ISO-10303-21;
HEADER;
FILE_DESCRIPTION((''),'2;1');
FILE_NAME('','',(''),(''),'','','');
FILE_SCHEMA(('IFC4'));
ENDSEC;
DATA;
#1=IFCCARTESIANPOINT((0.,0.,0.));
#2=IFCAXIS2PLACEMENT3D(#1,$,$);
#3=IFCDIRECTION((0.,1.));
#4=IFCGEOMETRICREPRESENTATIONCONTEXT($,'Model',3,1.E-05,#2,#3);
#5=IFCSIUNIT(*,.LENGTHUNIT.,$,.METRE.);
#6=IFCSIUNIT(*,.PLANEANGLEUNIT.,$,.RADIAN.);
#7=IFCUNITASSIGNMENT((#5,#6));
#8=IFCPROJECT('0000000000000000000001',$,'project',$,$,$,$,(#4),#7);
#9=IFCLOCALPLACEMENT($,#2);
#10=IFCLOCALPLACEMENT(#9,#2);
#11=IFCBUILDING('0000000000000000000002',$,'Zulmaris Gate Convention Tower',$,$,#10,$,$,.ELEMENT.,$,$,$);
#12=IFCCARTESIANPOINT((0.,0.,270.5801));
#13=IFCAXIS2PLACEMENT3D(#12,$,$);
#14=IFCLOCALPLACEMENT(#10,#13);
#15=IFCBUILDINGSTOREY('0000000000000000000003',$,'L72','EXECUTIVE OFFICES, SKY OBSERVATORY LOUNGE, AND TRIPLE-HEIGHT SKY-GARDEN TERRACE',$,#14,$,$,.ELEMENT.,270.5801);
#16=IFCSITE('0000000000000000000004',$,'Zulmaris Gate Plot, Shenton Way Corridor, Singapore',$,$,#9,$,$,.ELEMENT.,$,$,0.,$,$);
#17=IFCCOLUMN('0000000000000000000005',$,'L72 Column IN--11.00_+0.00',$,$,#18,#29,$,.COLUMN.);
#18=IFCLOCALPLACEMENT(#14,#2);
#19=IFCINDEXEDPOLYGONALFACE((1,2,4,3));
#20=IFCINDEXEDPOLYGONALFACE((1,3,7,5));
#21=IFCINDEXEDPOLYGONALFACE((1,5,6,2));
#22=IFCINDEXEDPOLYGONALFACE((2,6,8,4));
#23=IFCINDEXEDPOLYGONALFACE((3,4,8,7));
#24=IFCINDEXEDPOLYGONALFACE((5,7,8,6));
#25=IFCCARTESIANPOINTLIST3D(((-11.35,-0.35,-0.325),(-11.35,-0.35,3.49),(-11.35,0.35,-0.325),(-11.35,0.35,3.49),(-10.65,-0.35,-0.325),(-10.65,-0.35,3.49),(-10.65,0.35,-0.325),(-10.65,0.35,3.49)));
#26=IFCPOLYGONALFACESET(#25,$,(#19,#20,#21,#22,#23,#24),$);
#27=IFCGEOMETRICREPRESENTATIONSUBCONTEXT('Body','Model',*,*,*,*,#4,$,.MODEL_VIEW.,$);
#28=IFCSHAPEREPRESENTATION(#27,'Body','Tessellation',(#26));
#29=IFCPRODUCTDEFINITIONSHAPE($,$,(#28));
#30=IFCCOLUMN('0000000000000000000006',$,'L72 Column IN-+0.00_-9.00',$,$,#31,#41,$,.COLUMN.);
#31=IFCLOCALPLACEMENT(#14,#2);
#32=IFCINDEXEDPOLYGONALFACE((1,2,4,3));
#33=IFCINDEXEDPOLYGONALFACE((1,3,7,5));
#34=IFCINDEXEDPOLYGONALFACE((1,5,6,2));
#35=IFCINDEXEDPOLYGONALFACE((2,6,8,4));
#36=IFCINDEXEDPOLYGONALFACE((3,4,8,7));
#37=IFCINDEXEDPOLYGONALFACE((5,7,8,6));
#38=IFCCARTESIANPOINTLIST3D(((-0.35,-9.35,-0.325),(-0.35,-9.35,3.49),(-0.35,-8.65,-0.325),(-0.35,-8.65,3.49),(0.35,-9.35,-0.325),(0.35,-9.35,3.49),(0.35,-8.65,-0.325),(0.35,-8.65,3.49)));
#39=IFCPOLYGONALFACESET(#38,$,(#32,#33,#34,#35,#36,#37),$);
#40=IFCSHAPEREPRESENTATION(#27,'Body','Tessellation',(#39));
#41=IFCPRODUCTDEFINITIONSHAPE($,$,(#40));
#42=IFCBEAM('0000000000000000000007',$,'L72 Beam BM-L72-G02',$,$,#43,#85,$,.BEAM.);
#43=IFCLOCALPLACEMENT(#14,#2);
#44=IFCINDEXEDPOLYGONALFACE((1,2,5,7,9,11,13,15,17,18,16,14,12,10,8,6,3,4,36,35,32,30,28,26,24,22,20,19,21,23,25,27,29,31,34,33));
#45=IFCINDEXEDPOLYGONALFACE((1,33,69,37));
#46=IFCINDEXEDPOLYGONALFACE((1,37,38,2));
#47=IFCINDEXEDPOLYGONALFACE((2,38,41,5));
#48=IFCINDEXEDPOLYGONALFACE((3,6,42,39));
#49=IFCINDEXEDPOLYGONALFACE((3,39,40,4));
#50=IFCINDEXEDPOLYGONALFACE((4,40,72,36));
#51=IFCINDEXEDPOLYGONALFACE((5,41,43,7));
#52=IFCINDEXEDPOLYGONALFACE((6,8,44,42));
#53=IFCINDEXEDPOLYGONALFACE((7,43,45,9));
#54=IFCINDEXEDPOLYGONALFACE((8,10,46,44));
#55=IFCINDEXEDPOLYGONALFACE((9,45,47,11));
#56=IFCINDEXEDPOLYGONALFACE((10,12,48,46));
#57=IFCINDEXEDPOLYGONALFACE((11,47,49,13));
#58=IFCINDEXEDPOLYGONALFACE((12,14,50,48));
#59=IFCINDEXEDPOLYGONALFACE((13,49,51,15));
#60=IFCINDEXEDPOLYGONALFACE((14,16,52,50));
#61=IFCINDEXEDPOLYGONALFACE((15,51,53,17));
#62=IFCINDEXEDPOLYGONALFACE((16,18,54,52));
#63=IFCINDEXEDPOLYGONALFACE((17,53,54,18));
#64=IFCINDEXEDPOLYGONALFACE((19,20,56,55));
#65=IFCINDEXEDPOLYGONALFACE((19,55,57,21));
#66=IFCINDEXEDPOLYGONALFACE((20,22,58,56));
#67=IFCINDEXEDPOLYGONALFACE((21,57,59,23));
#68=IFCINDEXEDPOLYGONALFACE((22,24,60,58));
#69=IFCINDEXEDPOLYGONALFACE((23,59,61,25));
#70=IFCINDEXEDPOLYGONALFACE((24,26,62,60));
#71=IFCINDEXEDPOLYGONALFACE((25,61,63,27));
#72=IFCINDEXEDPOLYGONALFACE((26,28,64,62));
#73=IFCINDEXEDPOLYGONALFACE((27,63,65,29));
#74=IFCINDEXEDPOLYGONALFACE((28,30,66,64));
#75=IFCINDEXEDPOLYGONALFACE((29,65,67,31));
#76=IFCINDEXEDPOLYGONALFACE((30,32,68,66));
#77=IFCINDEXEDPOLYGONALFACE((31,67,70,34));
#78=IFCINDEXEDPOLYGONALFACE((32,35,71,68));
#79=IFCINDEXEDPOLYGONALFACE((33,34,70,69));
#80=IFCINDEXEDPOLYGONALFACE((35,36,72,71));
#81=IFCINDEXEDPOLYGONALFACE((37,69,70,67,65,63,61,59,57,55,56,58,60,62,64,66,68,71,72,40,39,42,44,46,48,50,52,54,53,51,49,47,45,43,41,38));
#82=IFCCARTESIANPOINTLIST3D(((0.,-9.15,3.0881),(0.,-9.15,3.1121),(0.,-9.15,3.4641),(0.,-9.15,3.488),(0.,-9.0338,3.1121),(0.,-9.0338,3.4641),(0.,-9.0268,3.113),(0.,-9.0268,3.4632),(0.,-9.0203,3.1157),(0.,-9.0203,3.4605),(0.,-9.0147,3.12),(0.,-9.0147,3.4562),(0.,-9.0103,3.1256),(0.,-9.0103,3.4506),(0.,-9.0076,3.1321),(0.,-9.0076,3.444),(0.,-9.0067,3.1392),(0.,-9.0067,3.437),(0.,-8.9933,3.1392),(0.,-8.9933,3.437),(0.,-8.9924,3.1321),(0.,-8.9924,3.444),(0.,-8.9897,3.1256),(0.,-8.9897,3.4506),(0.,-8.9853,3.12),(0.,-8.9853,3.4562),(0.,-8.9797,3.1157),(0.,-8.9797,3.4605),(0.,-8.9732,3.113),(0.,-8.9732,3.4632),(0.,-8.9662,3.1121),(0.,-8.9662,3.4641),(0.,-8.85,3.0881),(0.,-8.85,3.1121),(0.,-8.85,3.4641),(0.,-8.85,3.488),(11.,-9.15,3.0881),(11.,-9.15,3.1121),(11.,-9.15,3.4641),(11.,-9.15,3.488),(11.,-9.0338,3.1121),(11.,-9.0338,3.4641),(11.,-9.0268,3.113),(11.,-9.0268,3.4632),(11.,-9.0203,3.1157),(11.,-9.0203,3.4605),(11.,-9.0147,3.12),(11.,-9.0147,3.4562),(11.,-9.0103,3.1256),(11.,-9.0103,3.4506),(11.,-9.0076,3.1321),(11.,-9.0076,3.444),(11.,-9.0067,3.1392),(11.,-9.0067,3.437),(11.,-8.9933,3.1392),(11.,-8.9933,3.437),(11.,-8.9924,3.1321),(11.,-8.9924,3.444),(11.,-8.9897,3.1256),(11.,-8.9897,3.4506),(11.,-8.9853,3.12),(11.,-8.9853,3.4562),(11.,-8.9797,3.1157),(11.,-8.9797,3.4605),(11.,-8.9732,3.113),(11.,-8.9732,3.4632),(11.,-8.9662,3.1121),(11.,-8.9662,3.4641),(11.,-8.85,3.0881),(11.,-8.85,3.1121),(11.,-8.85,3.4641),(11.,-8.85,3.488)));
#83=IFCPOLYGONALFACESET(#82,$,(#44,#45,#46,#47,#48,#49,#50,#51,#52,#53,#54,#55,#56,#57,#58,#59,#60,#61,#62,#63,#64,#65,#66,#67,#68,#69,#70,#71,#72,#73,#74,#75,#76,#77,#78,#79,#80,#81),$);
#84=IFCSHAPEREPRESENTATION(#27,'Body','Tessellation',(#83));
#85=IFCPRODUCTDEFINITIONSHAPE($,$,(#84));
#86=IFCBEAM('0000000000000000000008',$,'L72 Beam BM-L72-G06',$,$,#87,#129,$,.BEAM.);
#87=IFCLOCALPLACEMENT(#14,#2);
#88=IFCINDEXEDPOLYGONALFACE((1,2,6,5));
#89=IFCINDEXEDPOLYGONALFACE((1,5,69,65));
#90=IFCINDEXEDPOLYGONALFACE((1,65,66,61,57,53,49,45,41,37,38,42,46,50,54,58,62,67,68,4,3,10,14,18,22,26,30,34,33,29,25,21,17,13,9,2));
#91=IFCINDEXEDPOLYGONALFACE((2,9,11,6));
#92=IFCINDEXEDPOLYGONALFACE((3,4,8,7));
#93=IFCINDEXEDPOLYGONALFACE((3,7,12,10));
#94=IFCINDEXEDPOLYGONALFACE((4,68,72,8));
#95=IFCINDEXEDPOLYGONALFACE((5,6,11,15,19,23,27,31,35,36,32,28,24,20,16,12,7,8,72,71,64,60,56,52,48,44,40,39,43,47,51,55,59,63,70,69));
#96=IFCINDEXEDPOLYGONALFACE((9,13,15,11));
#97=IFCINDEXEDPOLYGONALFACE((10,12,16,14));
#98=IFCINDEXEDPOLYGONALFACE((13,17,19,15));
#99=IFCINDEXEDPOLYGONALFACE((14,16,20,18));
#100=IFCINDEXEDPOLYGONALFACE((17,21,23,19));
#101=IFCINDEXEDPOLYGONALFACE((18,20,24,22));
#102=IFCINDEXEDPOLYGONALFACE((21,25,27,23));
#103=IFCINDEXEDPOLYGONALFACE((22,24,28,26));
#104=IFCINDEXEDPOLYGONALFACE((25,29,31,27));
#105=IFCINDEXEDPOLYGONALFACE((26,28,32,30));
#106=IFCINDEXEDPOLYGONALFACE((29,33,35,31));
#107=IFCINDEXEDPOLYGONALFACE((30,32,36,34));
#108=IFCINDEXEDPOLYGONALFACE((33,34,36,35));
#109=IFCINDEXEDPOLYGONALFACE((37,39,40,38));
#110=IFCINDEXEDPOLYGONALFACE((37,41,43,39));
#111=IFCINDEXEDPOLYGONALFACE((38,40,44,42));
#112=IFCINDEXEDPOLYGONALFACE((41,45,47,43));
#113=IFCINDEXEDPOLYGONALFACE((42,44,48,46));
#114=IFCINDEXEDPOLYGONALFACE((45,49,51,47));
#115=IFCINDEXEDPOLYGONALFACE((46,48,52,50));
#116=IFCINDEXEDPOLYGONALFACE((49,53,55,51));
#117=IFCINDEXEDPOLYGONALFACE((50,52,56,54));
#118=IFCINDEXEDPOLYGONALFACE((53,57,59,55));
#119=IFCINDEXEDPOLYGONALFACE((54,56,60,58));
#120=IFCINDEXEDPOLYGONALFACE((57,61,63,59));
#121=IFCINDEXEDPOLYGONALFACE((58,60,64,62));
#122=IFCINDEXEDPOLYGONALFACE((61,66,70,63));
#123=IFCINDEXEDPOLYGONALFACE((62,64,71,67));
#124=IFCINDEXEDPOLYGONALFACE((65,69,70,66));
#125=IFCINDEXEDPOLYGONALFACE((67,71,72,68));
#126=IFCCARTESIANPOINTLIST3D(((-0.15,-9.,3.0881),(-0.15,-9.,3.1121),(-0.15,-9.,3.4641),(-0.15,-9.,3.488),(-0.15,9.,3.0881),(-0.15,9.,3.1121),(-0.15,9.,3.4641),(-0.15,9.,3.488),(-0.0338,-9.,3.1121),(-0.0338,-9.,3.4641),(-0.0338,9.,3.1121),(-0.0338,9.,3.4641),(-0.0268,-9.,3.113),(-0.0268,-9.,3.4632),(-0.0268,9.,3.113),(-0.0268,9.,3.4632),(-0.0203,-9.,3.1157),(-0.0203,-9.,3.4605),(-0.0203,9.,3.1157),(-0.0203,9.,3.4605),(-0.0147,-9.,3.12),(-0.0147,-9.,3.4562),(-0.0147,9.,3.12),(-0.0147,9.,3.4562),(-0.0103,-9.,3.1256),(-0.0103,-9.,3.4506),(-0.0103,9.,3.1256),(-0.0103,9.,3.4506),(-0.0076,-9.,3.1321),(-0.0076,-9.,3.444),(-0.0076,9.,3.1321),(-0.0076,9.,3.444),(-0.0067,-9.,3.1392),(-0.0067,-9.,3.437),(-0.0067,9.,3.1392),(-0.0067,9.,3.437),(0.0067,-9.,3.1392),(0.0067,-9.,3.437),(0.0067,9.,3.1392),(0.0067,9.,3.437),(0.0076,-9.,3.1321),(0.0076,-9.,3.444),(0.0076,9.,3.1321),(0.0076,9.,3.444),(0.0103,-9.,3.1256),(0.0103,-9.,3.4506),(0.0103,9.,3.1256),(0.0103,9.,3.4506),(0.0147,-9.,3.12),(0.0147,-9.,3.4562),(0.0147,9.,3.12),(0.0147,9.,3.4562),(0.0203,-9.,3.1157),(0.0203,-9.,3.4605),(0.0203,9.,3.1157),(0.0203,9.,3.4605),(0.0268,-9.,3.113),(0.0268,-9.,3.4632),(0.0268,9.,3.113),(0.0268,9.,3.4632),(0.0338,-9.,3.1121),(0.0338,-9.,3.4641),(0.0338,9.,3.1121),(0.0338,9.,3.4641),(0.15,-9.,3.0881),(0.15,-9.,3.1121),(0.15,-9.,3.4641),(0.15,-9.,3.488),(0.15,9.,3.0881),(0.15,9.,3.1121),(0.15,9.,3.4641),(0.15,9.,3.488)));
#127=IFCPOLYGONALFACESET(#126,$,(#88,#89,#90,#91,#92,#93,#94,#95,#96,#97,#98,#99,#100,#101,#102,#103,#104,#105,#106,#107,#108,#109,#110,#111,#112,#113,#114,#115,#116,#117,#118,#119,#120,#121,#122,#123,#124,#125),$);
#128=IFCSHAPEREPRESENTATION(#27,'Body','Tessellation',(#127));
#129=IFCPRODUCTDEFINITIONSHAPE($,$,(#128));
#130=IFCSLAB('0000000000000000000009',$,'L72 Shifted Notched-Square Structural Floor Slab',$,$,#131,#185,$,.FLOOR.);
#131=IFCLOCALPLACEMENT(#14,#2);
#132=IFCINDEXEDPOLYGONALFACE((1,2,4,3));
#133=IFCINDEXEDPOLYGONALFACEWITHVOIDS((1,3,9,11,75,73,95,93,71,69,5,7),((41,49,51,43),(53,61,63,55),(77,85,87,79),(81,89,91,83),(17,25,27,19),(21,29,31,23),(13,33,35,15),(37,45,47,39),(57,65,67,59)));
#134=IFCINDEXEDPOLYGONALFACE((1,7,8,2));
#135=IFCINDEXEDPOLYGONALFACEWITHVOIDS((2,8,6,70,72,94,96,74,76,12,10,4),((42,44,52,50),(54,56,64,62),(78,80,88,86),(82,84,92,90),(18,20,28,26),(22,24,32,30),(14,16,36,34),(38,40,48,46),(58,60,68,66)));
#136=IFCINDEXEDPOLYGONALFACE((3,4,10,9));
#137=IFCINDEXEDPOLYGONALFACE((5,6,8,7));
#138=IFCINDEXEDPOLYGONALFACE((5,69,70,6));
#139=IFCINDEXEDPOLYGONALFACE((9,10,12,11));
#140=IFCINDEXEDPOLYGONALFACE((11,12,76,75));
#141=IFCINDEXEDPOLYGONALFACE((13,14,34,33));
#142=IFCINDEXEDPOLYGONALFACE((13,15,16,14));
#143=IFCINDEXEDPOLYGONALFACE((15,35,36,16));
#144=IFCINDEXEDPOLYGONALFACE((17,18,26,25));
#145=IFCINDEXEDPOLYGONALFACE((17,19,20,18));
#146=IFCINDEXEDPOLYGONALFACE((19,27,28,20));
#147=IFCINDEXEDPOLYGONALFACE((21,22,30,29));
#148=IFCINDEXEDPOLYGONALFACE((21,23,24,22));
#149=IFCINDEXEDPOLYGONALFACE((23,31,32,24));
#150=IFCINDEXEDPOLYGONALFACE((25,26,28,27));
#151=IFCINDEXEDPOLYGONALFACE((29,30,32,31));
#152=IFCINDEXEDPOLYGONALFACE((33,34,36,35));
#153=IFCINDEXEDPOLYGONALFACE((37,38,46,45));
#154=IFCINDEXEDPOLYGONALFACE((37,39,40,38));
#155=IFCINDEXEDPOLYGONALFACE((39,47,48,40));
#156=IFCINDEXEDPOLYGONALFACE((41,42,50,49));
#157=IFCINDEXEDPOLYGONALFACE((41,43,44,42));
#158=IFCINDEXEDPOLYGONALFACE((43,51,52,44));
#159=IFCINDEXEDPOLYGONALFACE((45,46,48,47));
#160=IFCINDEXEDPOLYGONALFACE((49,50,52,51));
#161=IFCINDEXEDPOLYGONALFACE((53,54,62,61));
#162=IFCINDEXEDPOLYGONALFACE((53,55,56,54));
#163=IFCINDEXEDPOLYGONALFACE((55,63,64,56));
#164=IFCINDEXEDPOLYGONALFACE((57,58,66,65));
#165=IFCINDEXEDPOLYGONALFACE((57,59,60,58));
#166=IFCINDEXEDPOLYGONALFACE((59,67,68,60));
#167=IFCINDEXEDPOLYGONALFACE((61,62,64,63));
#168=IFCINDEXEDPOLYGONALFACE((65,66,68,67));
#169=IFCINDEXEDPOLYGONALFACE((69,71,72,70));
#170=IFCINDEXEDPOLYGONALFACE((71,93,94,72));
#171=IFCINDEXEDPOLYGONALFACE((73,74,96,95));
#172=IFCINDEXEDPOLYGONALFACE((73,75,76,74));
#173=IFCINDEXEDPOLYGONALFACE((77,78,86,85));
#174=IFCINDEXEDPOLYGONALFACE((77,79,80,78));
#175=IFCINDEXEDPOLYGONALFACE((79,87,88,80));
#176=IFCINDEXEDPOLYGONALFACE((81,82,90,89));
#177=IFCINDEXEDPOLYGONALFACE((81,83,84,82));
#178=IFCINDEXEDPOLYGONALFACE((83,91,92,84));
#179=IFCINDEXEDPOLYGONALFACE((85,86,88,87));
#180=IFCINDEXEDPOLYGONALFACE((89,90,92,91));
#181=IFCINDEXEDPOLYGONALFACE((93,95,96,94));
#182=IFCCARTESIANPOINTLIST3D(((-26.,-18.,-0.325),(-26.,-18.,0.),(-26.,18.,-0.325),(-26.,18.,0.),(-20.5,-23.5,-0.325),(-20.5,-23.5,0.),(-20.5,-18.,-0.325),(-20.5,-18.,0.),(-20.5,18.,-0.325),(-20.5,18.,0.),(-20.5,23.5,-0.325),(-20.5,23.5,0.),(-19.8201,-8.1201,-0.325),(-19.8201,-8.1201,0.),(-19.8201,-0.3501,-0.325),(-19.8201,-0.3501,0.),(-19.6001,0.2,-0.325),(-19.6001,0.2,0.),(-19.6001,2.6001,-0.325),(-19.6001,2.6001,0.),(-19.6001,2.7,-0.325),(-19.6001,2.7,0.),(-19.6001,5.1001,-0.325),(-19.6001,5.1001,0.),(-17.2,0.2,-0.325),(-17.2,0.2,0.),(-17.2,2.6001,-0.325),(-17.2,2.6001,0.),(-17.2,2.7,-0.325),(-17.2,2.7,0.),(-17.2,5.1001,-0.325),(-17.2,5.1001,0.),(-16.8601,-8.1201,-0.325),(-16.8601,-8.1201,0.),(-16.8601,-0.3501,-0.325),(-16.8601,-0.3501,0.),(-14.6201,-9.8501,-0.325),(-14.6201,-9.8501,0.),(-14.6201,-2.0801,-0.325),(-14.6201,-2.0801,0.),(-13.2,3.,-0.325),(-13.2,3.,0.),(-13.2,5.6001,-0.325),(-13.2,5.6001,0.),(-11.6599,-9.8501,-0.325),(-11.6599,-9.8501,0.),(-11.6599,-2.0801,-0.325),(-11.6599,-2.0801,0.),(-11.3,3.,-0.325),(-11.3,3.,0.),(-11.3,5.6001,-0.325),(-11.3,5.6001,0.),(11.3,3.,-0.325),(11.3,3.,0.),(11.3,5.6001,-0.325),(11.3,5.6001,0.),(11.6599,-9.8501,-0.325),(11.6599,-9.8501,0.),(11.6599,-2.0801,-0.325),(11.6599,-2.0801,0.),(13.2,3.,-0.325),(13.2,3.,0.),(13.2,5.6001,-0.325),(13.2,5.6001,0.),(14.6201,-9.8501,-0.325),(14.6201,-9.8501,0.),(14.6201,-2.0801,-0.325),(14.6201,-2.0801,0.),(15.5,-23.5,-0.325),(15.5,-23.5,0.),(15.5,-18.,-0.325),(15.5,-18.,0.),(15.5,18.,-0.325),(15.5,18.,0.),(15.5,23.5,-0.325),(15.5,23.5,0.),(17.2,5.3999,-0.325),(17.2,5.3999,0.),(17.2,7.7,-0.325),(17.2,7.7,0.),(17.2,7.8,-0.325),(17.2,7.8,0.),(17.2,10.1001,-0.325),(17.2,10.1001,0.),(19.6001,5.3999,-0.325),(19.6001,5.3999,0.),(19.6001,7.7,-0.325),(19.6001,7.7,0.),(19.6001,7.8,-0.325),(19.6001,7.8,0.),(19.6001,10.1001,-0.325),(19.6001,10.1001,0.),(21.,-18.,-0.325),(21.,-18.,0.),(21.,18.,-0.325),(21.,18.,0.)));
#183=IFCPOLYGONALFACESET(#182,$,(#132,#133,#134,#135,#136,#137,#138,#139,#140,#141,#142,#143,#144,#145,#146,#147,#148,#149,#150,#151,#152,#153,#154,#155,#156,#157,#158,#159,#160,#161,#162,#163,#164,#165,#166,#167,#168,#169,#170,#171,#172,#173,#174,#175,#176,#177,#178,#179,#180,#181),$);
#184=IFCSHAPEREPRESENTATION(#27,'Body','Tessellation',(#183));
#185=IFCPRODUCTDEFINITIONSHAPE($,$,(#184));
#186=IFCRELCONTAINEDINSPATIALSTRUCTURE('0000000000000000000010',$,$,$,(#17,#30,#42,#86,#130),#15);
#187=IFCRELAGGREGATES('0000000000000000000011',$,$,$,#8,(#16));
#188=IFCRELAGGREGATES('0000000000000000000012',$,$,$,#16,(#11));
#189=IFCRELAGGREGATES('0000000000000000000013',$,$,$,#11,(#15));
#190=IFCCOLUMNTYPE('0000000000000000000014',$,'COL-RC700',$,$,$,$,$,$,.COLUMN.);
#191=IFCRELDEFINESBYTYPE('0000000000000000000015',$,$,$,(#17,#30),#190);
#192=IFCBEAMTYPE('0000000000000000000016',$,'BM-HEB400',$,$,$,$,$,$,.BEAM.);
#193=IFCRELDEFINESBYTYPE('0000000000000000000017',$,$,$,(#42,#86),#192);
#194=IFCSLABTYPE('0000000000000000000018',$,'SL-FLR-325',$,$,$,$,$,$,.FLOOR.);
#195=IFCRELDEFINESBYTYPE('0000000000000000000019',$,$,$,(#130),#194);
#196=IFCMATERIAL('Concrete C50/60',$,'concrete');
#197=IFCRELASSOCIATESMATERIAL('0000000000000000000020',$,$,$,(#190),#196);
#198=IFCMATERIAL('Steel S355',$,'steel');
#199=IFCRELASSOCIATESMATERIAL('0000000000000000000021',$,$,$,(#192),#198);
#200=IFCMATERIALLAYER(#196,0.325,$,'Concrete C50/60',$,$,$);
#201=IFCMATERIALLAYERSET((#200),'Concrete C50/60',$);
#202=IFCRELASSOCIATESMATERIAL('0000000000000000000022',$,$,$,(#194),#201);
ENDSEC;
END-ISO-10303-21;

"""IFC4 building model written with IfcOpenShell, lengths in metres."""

from ifc_helpers import new_model, si_unit, direction, frame, origin, origin_2d, place, context, subcontext, project, spatial, polyline, rectangle, i_section, outline, extrude, material, layer, layer_set, material_profile, profile_set, type_object, element, save


model = new_model("IFC4")

# Units and contexts
model_context = context("Model", 3, precision=1e-05, world=origin(), true_north=direction((0.0, 1.0)))
body_context = subcontext(model_context, "Body", "Model", "MODEL_VIEW")
ifc_project = project(units=[si_unit("LENGTHUNIT", "METRE"), si_unit("PLANEANGLEUNIT", "RADIAN")], contexts=[model_context])

# Site, building, storey
site_placement = place(None, origin())
site = spatial("IfcSite", under=ifc_project, at=site_placement, Name="Zulmaris Gate Plot, Shenton Way Corridor, Singapore", CompositionType="ELEMENT", RefElevation=0.0)
building_placement = place(site_placement, origin())
building = spatial("IfcBuilding", under=site, at=building_placement, Name="Zulmaris Gate Convention Tower", CompositionType="ELEMENT")
storey_placement = place(building_placement, frame((0.0, 0.0, 270.5801)))
storey = spatial("IfcBuildingStorey", under=building, at=storey_placement, Name="L72", Description="EXECUTIVE OFFICES, SKY OBSERVATORY LOUNGE, AND TRIPLE-HEIGHT SKY-GARDEN TERRACE", CompositionType="ELEMENT", Elevation=270.5801)

# Columns
ifc_material_1 = material(Name="Concrete C50/60", Category="concrete")
ifc_material_profile_1 = material_profile(ifc_material_1, rectangle(XDim=0.7, YDim=0.7, at=origin_2d()), Name="RC COL 700x700")
ifc_profile_set_1 = profile_set([ifc_material_profile_1], Name="Concrete C50/60")
column_type = type_object("IfcColumnType", Name="COL-RC700", PredefinedType="COLUMN", material=ifc_profile_set_1)
for number, where, z_axis, x_axis, name in (
    (1, (-11.0, 0.0, -0.325), (0.0, 0.0, 1.0), (1.0, 0.0, 0.0), "L72 Column IN--11.00_+0.00"),
    (2, (0.0, -9.0, -0.325), (0.0, 0.0, 1.0), (1.0, 0.0, 0.0), "L72 Column IN-+0.00_-9.00"),
):
    element("IfcColumn", number, at=place(storey_placement, frame(where, z_axis=z_axis, x_axis=x_axis)), inside=storey, type_object=column_type, Name=name, PredefinedType="COLUMN", context=body_context, shape_type="SweptSolid", body=[
        extrude(rectangle(XDim=0.7, YDim=0.7, at=origin_2d()), origin(), (0.0, 0.0, 1.0), 3.8149),
    ])

# Beams
ifc_material_2 = material(Name="Steel S355", Category="steel")
ifc_material_profile_2 = material_profile(ifc_material_2, i_section(OverallWidth=0.3, OverallDepth=0.3999, WebThickness=0.0134, FlangeThickness=0.0239, FilletRadius=0.0271, at=origin_2d()), Name="HEB 400")
ifc_profile_set_2 = profile_set([ifc_material_profile_2], Name="Steel S355")
beam_type = type_object("IfcBeamType", Name="BM-HEB400", PredefinedType="BEAM", material=ifc_profile_set_2)
beam_1_placement = place(storey_placement, frame((0.0, -9.0, 3.2881), z_axis=(1.0, 0.0, 0.0), x_axis=(0.0, 1.0, 0.0)))
element("IfcBeam", 3, at=beam_1_placement, inside=storey, type_object=beam_type, Name="L72 Beam BM-L72-G02", PredefinedType="BEAM", context=body_context, shape_type="SweptSolid", body=[
    extrude(i_section(OverallWidth=0.3, OverallDepth=0.3999, WebThickness=0.0134, FlangeThickness=0.0239, FilletRadius=0.0271, at=origin_2d()), origin(), (0.0, 0.0, 1.0), 11.0),
])
beam_2_placement = place(storey_placement, frame((0.0, -9.0, 3.2881), z_axis=(0.0, 1.0, 0.0), x_axis=(-1.0, 0.0, 0.0)))
element("IfcBeam", 4, at=beam_2_placement, inside=storey, type_object=beam_type, Name="L72 Beam BM-L72-G06", PredefinedType="BEAM", context=body_context, shape_type="SweptSolid", body=[
    extrude(i_section(OverallWidth=0.3, OverallDepth=0.3999, WebThickness=0.0134, FlangeThickness=0.0239, FilletRadius=0.0271, at=origin_2d()), origin(), (0.0, 0.0, 1.0), 18.0),
])

# Slab
ifc_layer_1 = layer(ifc_material_1, 0.325, Name="Concrete C50/60")
ifc_layer_set_1 = layer_set([ifc_layer_1], Name="Concrete C50/60")
slab_type = type_object("IfcSlabType", Name="SL-FLR-325", PredefinedType="FLOOR", material=ifc_layer_set_1)
slab_placement = place(storey_placement, frame((0.0, 0.0, -0.325)))
element("IfcSlab", 5, at=slab_placement, inside=storey, type_object=slab_type, Name="L72 Shifted Notched-Square Structural Floor Slab", PredefinedType="FLOOR", context=body_context, shape_type="SweptSolid", body=[
    extrude(outline(polyline([(-20.5, -23.5), (15.5, -23.5), (15.5, -18.0), (21.0, -18.0), (21.0, 18.0), (15.5, 18.0), (15.5, 23.5), (-20.5, 23.5), (-20.5, 18.0), (-26.0, 18.0), (-26.0, -18.0), (-20.5, -18.0), (-20.5, -23.5)]), holes=[polyline([(-14.6201, -2.0801), (-14.6201, -9.8501), (-11.6599, -9.8501), (-11.6599, -2.0801), (-14.6201, -2.0801)]), polyline([(11.6599, -2.0801), (11.6599, -9.8501), (14.6201, -9.8501), (14.6201, -2.0801), (11.6599, -2.0801)]), polyline([(-16.8601, -8.1201), (-16.8601, -0.3501), (-19.8201, -0.3501), (-19.8201, -8.1201), (-16.8601, -8.1201)]), polyline([(-13.2, 3.0), (-11.3, 3.0), (-11.3, 5.6001), (-13.2, 5.6001), (-13.2, 3.0)]), polyline([(11.3, 3.0), (13.2, 3.0), (13.2, 5.6001), (11.3, 5.6001), (11.3, 3.0)]), polyline([(17.2, 5.3999), (19.6001, 5.3999), (19.6001, 7.7), (17.2, 7.7), (17.2, 5.3999)]), polyline([(17.2, 7.8), (19.6001, 7.8), (19.6001, 10.1001), (17.2, 10.1001), (17.2, 7.8)]), polyline([(-19.6001, 0.2), (-17.2, 0.2), (-17.2, 2.6001), (-19.6001, 2.6001), (-19.6001, 0.2)]), polyline([(-19.6001, 2.7), (-17.2, 2.7), (-17.2, 5.1001), (-19.6001, 5.1001), (-19.6001, 2.7)])]), origin(), (0.0, 0.0, 1.0), 0.325),
])

save(model, "model.ifc")
